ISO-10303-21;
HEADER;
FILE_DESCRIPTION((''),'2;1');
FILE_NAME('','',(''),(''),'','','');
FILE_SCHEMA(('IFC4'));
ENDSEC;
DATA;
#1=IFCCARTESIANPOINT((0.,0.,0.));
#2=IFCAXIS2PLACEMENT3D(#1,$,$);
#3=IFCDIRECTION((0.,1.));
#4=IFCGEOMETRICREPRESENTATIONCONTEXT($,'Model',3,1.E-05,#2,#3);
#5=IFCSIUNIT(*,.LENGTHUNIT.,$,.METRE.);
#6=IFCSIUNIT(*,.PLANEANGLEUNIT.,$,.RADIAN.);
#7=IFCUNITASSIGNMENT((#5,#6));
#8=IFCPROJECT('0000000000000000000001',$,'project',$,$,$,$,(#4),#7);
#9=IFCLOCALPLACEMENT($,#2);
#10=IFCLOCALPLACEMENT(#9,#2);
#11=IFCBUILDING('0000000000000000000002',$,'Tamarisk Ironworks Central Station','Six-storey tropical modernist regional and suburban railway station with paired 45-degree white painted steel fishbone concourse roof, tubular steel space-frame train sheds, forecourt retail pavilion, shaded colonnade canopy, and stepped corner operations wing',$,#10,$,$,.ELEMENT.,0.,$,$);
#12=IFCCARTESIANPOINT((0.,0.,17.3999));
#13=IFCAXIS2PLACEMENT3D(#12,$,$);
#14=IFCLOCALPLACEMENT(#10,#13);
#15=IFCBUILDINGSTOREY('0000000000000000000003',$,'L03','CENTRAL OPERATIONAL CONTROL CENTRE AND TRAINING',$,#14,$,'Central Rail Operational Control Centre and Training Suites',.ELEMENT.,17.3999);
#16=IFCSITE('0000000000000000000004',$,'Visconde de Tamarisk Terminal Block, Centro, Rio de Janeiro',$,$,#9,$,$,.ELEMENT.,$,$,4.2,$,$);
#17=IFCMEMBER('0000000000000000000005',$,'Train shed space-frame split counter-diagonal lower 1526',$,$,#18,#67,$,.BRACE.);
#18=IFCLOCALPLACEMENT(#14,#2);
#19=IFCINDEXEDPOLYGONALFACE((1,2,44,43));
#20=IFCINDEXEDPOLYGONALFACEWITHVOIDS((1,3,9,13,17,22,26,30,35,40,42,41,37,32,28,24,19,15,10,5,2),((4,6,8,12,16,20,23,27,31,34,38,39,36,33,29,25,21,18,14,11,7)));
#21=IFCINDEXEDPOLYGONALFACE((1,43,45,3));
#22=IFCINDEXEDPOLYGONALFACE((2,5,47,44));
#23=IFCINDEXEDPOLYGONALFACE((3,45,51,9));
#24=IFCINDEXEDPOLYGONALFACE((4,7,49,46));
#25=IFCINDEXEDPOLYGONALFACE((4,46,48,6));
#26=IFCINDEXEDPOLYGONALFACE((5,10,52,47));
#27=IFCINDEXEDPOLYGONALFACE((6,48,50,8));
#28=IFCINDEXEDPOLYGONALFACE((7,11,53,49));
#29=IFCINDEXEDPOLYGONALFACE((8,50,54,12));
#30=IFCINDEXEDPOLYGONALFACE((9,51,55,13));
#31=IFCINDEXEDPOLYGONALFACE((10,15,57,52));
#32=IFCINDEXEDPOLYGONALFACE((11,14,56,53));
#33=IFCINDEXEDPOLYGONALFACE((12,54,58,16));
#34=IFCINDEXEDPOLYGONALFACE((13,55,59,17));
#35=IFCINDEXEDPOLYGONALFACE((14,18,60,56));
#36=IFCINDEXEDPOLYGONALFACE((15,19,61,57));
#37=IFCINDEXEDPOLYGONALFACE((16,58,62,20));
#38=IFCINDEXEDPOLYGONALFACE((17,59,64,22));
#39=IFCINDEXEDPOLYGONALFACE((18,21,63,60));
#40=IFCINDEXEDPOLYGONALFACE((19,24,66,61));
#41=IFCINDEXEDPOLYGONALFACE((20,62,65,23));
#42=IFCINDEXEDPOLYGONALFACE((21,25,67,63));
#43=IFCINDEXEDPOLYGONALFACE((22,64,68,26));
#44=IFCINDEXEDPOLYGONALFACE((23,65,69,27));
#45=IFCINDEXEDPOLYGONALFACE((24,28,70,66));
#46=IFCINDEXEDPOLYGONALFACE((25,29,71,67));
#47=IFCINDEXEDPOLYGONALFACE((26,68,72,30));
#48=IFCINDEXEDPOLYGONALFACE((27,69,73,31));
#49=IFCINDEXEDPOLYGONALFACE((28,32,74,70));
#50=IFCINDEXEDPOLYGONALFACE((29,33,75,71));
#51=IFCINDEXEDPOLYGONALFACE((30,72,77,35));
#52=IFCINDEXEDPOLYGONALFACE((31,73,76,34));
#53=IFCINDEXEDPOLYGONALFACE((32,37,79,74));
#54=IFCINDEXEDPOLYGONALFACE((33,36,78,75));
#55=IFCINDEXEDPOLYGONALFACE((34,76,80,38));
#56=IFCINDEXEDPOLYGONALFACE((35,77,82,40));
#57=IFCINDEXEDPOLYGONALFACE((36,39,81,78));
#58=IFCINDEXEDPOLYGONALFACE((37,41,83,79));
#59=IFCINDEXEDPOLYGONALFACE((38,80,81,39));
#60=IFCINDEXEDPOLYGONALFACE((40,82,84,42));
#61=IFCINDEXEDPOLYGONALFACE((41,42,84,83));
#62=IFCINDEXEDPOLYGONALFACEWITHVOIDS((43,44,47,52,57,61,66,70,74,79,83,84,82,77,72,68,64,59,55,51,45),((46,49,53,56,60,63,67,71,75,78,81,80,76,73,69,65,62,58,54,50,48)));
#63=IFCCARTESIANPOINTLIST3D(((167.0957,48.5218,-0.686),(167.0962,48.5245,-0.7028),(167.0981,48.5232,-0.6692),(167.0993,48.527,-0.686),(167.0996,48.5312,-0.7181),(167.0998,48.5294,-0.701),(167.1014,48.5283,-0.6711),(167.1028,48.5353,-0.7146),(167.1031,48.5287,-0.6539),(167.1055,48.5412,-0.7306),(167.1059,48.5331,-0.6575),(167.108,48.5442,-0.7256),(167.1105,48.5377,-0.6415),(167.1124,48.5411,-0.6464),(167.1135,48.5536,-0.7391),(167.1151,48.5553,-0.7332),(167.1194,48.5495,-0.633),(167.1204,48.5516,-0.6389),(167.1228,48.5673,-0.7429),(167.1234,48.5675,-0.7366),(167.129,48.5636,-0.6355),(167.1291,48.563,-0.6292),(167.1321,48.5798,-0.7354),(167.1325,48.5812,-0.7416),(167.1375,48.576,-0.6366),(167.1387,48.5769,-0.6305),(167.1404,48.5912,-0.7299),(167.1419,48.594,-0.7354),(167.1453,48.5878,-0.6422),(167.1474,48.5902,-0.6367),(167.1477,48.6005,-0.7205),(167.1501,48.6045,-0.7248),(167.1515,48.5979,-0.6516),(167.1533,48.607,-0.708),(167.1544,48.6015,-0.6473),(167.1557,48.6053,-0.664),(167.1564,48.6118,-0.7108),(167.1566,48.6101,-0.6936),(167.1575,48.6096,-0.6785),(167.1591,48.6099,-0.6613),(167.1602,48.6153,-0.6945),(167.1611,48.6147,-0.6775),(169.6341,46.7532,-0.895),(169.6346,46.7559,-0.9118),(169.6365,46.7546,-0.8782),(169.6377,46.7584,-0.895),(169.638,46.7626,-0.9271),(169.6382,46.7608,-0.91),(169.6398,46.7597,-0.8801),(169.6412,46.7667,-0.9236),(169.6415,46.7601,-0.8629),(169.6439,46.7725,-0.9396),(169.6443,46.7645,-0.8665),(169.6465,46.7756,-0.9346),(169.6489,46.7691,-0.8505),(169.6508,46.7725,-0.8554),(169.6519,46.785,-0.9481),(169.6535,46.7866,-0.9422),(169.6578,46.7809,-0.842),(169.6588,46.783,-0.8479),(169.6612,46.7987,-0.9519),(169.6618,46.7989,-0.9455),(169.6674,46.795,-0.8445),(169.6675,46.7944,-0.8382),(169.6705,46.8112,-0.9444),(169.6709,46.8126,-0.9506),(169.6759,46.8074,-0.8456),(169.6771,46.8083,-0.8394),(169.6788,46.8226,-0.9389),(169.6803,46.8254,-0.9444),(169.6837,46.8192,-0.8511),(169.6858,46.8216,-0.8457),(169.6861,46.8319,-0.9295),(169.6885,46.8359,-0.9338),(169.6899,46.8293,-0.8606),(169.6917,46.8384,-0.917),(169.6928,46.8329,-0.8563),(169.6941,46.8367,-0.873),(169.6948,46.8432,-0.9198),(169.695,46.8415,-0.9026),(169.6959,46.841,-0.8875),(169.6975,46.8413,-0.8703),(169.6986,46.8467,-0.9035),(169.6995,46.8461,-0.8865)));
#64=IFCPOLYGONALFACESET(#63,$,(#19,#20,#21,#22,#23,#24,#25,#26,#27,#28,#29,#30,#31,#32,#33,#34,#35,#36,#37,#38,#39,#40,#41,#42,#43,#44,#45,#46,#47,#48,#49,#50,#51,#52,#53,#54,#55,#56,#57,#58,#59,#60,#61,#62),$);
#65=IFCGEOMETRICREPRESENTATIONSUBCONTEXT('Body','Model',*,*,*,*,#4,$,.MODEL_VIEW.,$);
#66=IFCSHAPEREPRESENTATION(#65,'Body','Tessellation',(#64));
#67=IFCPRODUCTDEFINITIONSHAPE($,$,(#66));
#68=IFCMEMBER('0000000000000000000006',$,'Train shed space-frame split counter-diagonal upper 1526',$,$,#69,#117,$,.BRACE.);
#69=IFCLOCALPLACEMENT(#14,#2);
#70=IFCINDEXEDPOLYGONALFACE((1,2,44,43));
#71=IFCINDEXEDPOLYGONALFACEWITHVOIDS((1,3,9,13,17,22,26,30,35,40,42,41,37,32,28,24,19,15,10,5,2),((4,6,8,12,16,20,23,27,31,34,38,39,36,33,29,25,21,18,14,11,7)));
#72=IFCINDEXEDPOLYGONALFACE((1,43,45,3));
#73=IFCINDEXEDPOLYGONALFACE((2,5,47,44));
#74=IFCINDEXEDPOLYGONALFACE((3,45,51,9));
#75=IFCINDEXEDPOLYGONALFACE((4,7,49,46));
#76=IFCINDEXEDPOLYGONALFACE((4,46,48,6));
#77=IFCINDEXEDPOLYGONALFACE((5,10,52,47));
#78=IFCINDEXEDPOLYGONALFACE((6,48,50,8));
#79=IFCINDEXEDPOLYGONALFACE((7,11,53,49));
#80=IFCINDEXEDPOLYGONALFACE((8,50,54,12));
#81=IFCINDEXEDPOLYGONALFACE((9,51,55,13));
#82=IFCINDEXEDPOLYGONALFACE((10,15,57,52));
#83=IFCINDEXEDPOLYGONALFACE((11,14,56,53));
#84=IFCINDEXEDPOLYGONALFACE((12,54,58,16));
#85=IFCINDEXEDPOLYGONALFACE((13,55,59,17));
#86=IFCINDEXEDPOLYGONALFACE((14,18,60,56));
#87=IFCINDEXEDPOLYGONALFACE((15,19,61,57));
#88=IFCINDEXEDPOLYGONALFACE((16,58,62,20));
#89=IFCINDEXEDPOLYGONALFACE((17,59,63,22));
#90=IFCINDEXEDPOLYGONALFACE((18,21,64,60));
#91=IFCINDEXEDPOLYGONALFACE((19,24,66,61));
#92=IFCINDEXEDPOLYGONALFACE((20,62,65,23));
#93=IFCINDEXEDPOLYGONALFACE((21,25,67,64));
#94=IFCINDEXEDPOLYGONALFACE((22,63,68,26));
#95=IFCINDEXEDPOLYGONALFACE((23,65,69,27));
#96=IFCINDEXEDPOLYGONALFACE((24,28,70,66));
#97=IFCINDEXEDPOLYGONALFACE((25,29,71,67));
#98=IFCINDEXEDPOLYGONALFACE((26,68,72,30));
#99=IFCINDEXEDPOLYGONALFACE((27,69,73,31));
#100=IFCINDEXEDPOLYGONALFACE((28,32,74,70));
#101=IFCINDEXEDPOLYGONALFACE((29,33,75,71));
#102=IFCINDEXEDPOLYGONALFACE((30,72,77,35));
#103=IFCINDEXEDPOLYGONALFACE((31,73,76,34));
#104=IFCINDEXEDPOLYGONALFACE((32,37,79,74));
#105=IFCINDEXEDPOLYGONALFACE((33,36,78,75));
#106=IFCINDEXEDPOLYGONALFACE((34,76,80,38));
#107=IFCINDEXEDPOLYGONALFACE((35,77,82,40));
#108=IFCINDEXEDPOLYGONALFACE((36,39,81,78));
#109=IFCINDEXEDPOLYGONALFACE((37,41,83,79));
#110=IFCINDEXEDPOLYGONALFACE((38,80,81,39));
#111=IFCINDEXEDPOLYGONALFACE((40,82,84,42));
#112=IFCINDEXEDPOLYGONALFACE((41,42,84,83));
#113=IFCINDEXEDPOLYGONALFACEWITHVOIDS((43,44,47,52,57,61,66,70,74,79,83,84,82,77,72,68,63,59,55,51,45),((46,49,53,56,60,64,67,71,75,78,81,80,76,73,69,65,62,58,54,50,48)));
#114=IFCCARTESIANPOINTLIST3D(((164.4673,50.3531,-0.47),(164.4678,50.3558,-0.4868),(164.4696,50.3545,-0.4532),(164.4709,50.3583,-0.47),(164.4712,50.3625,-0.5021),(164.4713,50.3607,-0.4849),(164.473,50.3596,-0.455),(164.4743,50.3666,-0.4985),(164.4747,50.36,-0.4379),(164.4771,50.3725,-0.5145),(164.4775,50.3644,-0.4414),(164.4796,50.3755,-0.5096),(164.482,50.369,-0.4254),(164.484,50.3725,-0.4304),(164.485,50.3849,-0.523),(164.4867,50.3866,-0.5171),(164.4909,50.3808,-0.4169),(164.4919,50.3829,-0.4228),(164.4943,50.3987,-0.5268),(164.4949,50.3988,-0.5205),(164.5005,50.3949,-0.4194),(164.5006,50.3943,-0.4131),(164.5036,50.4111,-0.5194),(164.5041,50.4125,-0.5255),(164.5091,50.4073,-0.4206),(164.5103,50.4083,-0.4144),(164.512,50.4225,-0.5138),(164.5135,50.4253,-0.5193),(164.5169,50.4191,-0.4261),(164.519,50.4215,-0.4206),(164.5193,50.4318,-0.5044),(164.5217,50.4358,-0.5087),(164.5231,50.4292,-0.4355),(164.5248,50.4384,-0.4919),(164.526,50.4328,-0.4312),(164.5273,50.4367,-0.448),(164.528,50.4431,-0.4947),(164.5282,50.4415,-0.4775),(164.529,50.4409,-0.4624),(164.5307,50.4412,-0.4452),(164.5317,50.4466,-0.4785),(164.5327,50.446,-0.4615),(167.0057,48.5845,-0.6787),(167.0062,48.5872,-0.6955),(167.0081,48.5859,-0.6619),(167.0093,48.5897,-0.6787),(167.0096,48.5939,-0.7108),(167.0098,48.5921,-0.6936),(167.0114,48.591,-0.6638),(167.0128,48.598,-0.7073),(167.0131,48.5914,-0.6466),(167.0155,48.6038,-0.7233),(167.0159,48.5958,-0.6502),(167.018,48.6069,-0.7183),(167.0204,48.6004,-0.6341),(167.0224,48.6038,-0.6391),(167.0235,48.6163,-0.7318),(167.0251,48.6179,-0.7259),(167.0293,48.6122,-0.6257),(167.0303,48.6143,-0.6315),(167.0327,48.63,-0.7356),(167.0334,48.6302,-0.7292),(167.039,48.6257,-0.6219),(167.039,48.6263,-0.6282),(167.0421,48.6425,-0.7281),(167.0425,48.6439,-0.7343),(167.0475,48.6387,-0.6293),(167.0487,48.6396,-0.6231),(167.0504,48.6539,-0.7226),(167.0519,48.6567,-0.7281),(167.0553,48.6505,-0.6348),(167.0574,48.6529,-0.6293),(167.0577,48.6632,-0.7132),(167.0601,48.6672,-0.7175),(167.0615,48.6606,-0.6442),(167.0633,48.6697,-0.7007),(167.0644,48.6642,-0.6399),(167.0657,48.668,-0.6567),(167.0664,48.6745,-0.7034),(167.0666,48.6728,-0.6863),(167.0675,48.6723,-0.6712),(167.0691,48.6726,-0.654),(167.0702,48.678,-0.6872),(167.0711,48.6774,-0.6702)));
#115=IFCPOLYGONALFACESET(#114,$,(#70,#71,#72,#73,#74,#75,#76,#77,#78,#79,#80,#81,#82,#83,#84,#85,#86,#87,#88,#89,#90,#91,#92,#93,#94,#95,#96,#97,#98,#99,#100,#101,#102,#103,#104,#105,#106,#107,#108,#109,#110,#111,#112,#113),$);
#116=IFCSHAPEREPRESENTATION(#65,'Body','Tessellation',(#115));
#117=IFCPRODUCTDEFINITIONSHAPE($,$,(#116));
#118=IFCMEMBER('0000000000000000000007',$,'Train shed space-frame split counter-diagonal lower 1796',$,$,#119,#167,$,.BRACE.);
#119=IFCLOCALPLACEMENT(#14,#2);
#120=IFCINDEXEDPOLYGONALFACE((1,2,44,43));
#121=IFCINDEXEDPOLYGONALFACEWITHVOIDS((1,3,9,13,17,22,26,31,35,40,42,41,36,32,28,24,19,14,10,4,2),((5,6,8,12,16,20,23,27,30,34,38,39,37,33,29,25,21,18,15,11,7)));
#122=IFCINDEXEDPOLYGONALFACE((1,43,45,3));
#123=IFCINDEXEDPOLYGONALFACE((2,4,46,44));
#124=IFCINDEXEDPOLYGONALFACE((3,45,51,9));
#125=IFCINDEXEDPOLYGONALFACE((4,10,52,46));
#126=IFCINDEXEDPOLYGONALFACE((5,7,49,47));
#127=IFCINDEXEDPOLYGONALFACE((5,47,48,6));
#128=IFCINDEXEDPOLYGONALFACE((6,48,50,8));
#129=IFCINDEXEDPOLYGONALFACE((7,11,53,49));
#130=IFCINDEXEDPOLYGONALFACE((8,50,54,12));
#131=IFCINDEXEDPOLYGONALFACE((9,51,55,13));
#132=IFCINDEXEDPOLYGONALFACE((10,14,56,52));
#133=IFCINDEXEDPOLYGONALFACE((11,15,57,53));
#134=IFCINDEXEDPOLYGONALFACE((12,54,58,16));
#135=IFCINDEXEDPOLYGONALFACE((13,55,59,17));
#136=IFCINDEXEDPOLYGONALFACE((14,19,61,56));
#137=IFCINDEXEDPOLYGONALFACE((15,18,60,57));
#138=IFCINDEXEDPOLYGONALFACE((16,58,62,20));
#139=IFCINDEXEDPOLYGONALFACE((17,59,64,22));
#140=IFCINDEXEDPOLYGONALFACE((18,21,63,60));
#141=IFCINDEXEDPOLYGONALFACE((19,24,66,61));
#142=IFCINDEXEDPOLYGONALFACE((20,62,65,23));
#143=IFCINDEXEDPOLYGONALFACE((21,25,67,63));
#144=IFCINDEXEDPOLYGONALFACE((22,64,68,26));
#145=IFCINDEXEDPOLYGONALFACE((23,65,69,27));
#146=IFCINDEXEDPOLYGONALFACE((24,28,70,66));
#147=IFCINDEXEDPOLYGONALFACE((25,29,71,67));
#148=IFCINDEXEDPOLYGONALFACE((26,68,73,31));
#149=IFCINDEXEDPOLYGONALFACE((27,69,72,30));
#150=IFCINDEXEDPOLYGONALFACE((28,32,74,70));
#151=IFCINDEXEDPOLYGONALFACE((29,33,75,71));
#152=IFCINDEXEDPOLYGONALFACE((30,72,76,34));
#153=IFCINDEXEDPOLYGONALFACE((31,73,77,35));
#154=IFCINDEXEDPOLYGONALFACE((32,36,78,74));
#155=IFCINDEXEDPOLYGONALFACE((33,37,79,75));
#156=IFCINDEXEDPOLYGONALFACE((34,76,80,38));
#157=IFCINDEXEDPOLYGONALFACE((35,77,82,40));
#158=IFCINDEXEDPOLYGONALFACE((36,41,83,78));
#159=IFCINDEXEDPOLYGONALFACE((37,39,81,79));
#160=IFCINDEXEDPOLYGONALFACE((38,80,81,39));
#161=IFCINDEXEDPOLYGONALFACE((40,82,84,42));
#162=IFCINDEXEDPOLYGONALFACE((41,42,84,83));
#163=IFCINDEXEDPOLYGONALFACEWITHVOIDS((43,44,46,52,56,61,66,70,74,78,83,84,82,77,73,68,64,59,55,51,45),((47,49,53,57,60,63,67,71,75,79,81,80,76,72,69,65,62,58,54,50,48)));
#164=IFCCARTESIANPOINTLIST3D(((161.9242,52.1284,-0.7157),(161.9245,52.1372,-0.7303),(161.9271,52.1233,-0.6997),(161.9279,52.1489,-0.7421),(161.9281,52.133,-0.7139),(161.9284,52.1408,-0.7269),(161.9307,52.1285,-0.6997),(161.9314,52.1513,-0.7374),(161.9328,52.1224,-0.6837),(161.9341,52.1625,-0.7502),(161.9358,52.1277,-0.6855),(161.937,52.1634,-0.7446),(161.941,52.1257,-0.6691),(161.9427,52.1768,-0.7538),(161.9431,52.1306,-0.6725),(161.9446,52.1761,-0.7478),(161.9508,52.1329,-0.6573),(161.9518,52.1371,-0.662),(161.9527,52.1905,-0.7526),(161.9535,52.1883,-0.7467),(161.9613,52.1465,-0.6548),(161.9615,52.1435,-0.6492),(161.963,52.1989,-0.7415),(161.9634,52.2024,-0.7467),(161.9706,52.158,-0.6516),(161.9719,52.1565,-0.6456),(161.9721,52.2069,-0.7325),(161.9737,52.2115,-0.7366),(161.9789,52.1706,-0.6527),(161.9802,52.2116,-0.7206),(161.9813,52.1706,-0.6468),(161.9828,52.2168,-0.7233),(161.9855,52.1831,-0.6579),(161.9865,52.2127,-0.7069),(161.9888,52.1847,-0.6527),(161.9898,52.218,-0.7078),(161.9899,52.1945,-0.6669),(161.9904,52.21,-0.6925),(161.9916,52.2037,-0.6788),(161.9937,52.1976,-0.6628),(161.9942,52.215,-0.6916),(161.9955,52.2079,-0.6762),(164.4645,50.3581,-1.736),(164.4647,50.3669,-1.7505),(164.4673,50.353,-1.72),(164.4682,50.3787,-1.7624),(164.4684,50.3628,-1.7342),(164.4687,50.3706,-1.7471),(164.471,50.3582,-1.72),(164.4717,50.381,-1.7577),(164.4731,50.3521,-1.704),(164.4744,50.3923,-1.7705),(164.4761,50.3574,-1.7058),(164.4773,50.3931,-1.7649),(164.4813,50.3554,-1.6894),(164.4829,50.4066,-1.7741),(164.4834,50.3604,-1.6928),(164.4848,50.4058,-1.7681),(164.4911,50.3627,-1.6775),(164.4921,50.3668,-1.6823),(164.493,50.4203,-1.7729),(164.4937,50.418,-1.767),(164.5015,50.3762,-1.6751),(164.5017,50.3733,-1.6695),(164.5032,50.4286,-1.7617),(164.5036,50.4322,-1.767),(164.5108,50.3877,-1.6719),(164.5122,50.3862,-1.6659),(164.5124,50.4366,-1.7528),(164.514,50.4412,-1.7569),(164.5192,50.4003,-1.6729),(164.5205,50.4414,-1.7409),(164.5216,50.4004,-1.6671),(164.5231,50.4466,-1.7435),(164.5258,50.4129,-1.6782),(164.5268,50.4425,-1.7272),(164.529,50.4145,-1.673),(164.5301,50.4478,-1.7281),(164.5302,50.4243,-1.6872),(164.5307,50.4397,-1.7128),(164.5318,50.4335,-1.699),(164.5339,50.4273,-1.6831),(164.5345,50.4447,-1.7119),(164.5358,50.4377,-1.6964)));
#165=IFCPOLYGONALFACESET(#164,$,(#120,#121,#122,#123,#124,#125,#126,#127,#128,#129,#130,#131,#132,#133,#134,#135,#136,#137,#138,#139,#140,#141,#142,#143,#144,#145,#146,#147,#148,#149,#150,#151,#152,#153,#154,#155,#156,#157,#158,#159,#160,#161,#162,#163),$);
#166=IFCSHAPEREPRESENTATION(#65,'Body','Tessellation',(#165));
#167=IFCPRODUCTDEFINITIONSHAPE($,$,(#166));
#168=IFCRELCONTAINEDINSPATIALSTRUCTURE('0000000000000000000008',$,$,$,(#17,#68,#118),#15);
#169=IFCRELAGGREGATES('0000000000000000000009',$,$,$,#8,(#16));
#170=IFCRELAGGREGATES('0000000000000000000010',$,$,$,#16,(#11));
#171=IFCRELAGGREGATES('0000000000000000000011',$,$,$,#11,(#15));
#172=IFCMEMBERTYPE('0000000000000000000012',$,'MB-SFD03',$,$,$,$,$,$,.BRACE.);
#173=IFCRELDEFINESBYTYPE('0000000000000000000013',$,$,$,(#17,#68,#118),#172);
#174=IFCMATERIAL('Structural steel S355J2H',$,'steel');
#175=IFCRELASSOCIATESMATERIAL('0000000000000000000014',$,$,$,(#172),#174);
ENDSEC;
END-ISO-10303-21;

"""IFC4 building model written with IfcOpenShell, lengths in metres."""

from ifc_helpers import new_model, si_unit, direction, frame, origin, origin_2d, place, context, subcontext, project, spatial, hollow_circle, extrude, material, material_profile, profile_set, type_object, element, save


model = new_model("IFC4")

# Units and contexts
model_context = context("Model", 3, precision=1e-05, world=origin(), true_north=direction((0.0, 1.0)))
body_context = subcontext(model_context, "Body", "Model", "MODEL_VIEW")
ifc_project = project(units=[si_unit("LENGTHUNIT", "METRE"), si_unit("PLANEANGLEUNIT", "RADIAN")], contexts=[model_context])

# Site, building, storey
site_placement = place(None, origin())
site = spatial("IfcSite", under=ifc_project, at=site_placement, Name="Visconde de Tamarisk Terminal Block, Centro, Rio de Janeiro", CompositionType="ELEMENT", RefElevation=4.2)
building_placement = place(site_placement, origin())
building = spatial("IfcBuilding", under=site, at=building_placement, Name="Tamarisk Ironworks Central Station", Description="Six-storey tropical modernist regional and suburban railway station with paired 45-degree white painted steel fishbone concourse roof, tubular steel space-frame train sheds, forecourt retail pavilion, shaded colonnade canopy, and stepped corner operations wing", CompositionType="ELEMENT", ElevationOfRefHeight=0.0)
storey_placement = place(building_placement, frame((0.0, 0.0, 17.3999)))
storey = spatial("IfcBuildingStorey", under=building, at=storey_placement, Name="L03", Description="CENTRAL OPERATIONAL CONTROL CENTRE AND TRAINING", LongName="Central Rail Operational Control Centre and Training Suites", CompositionType="ELEMENT", Elevation=17.3999)

# Members
ifc_material_1 = material(Name="Structural steel S355J2H", Category="steel")
ifc_material_profile_1 = material_profile(ifc_material_1, hollow_circle(Radius=0.0571, WallThickness=0.0063, at=origin_2d()), Name="CHS 114.3x6.3")
ifc_profile_set_1 = profile_set([ifc_material_profile_1], Name="Structural steel S355J2H")
member_type_1 = type_object("IfcMemberType", Name="MB-SFD03", PredefinedType="BRACE", material=ifc_profile_set_1)
for number, where, z_axis, x_axis, name in (
    (1, (169.6667, 46.8, -0.895), (-0.818621, 0.570366, 0.067398), (-0.571666, -0.820487, 0.0), "Train shed space-frame split counter-diagonal lower 1526"),
    (2, (167.0383, 48.6313, -0.6787), (-0.818625, 0.570369, 0.06732), (-0.571666, -0.820487, 0.0), "Train shed space-frame split counter-diagonal upper 1526"),
):
    element("IfcMember", number, at=place(storey_placement, frame(where, z_axis=z_axis, x_axis=x_axis)), inside=storey, type_object=member_type_1, Name=name, PredefinedType="BRACE", context=body_context, shape_type="SweptSolid", body=[
        extrude(hollow_circle(Radius=0.0571, WallThickness=0.0063, at=origin_2d()), origin(), (0.0, 0.0, 1.0), 3.1008),
    ])
for number, where, z_axis, x_axis, name in (
    (3, (164.5, 50.3999, -1.72), (-0.77922, 0.54302, 0.312961), (-0.571741, -0.820434, 0.0), "Train shed space-frame split counter-diagonal lower 1796"),
):
    element("IfcMember", number, at=place(storey_placement, frame(where, z_axis=z_axis, x_axis=x_axis)), inside=storey, type_object=member_type_1, Name=name, PredefinedType="BRACE", context=body_context, shape_type="SweptSolid", body=[
        extrude(hollow_circle(Radius=0.0571, WallThickness=0.0063, at=origin_2d()), origin(), (0.0, 0.0, 1.0), 3.26),
    ])

save(model, "model.ifc")
